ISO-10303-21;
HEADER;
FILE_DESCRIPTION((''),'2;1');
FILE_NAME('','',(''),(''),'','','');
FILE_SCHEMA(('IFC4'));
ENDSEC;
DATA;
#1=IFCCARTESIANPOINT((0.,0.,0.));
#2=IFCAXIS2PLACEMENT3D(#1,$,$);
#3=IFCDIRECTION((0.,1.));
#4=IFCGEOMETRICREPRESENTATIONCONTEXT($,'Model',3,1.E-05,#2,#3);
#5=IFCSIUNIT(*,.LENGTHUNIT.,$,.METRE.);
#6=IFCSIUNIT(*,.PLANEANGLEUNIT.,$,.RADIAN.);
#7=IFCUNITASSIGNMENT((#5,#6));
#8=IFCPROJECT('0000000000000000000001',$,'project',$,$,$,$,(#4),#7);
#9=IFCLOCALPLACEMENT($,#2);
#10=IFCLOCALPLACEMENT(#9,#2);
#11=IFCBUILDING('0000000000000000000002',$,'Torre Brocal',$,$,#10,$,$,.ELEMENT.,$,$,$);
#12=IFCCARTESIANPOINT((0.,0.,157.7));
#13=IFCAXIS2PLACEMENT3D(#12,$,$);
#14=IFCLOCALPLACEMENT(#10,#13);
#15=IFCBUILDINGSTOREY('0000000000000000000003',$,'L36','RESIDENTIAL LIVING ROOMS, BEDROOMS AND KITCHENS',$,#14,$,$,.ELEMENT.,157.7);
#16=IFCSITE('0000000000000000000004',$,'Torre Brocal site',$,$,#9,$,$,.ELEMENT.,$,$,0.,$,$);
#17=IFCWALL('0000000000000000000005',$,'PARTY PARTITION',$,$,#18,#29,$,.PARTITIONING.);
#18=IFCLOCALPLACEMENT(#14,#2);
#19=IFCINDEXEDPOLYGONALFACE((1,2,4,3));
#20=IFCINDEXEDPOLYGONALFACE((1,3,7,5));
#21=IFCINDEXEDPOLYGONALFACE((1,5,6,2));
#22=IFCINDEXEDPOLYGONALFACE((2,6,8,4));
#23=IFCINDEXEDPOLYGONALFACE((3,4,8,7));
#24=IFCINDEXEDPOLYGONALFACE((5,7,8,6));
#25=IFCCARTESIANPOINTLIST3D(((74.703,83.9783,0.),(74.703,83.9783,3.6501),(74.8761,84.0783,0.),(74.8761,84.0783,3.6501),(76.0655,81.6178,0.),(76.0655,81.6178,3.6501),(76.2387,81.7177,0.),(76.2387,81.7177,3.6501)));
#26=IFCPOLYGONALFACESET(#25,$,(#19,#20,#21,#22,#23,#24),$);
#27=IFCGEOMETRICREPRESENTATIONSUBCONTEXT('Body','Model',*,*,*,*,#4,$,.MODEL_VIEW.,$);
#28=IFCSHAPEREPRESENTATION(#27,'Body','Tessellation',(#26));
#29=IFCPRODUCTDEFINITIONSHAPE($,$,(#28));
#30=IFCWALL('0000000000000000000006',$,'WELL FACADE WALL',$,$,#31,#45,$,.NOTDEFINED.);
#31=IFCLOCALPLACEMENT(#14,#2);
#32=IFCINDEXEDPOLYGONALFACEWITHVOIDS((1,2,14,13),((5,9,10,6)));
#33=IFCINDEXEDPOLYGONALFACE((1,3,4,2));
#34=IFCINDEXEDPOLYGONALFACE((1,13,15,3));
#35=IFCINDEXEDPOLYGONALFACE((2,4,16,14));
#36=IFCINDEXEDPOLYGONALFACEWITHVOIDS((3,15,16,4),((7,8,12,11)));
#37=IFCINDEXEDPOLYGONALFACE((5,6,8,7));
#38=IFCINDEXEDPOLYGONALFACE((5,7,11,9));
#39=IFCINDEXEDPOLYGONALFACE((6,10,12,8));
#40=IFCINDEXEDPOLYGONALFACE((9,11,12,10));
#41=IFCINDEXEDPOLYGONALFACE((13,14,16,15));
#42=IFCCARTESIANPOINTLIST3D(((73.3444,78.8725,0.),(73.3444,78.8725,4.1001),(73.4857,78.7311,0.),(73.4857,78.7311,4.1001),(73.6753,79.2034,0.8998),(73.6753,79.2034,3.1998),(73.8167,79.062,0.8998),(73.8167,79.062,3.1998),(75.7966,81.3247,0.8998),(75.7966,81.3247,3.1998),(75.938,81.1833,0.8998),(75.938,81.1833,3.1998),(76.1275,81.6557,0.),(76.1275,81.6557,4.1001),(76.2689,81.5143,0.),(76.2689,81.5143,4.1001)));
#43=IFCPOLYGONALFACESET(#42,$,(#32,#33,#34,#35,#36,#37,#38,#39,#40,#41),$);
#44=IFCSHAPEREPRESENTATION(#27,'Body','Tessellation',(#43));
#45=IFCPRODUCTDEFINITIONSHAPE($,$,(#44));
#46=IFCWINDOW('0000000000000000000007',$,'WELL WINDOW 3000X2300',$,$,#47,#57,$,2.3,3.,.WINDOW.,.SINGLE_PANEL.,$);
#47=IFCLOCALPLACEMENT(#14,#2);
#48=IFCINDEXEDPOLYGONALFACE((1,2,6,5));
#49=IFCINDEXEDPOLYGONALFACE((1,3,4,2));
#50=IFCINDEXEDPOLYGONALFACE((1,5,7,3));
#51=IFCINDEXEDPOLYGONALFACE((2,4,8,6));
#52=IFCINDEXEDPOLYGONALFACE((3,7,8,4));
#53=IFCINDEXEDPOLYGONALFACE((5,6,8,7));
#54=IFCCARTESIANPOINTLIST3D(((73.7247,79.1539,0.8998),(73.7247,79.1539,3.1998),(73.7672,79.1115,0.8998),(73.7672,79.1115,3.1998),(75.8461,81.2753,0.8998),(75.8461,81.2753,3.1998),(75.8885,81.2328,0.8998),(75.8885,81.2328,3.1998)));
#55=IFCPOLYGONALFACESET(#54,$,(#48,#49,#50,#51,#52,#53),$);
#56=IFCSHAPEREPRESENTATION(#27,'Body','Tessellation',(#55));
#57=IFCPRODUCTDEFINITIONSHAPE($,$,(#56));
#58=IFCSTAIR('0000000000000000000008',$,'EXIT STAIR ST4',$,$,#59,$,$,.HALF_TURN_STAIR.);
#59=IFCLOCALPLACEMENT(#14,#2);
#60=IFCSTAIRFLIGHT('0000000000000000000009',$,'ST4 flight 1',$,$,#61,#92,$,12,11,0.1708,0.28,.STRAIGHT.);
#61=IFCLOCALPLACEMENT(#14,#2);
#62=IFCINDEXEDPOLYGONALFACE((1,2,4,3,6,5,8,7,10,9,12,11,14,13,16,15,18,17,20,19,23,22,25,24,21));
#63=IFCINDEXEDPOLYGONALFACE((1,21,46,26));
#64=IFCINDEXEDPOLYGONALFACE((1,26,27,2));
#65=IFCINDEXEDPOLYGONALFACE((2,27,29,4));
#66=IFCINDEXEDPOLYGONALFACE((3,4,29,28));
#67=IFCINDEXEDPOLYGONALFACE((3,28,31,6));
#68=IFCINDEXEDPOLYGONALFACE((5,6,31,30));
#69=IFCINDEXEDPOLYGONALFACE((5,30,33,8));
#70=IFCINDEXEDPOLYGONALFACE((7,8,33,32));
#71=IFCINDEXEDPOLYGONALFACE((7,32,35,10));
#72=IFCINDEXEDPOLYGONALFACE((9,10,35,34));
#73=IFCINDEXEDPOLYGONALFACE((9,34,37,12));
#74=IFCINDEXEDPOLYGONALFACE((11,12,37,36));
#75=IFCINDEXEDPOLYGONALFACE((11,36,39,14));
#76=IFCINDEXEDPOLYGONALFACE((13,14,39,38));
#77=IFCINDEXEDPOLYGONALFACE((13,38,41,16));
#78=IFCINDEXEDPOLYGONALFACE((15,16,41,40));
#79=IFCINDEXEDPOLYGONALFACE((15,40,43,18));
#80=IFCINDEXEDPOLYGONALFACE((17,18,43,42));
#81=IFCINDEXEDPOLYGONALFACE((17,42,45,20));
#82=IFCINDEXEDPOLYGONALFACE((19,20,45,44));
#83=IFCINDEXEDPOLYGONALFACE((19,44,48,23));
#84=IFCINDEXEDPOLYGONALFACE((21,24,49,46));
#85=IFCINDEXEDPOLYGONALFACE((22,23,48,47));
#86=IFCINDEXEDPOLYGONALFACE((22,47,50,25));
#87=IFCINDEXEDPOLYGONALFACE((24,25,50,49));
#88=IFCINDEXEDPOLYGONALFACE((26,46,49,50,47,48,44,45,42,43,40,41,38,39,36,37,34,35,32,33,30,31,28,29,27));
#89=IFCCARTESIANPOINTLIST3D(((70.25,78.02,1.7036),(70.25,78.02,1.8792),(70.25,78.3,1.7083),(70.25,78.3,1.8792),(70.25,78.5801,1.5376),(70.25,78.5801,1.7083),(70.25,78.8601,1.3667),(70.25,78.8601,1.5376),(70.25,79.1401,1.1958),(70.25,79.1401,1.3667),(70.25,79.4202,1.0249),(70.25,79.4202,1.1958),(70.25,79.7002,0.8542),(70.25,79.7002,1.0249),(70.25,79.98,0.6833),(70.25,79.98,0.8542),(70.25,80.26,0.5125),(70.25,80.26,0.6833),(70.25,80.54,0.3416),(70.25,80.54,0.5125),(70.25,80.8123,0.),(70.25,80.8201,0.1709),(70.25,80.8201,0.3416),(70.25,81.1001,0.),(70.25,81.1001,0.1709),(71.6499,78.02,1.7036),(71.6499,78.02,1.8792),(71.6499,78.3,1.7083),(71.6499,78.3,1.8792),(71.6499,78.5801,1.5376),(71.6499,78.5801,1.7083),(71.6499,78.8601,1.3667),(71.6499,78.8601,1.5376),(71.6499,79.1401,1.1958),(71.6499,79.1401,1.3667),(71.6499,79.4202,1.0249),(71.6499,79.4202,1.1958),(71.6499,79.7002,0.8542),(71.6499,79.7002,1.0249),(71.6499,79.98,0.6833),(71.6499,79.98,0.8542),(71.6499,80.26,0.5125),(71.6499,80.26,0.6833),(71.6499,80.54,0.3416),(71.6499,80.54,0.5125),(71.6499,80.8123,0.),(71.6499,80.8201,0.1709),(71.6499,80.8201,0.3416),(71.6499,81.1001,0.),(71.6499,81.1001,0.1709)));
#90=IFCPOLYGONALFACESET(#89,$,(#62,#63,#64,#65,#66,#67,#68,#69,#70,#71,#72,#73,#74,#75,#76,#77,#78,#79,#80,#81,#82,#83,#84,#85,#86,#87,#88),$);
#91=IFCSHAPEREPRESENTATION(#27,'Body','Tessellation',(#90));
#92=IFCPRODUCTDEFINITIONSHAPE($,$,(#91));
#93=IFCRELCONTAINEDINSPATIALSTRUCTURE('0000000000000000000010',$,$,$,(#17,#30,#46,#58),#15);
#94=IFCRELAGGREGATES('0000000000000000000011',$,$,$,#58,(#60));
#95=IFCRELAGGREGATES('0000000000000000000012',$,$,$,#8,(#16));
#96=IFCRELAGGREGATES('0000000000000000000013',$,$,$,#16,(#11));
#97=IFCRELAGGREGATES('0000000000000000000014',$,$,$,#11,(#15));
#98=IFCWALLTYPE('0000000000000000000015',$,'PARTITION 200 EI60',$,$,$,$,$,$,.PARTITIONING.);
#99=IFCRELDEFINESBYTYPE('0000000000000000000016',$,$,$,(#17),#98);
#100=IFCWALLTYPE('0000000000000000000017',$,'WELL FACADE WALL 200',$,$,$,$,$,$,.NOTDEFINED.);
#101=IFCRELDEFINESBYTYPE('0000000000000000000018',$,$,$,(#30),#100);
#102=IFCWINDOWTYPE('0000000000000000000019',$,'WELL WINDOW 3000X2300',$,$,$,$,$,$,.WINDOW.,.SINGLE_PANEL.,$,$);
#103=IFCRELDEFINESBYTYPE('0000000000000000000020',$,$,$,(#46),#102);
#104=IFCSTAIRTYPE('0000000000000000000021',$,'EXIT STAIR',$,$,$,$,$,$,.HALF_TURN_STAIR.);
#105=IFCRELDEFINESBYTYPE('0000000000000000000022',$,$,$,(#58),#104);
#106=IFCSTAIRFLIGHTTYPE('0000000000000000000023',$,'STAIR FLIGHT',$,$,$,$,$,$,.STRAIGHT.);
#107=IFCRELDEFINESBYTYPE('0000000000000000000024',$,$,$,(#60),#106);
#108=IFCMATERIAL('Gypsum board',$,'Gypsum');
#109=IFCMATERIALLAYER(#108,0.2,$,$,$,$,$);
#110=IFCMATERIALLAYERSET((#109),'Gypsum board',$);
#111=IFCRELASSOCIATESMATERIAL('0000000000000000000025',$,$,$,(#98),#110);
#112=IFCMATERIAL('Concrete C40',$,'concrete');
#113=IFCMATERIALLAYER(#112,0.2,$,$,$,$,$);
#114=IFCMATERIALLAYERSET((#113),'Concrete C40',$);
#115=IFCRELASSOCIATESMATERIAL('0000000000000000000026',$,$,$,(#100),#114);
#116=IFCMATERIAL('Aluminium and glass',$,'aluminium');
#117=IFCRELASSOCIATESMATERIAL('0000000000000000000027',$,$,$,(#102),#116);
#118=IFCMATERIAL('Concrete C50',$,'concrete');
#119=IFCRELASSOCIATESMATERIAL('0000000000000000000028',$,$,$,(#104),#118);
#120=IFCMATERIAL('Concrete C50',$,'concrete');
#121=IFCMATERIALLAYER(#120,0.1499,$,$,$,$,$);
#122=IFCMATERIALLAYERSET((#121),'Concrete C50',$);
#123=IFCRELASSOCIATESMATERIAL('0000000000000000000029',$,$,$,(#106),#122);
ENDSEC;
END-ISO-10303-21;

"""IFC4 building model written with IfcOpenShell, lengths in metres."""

from ifc_helpers import new_model, si_unit, direction, frame, frame_2d, origin, place, context, subcontext, project, spatial, polyline, rectangle, outline, extrude, material, layer, layer_set, type_object, element, fill, aggregate, save


model = new_model("IFC4")

# Units and contexts
model_context = context("Model", 3, precision=1e-05, world=origin(), true_north=direction((0.0, 1.0)))
body_context = subcontext(model_context, "Body", "Model", "MODEL_VIEW")
ifc_project = project(units=[si_unit("LENGTHUNIT", "METRE"), si_unit("PLANEANGLEUNIT", "RADIAN")], contexts=[model_context])

# Site, building, storey
site_placement = place(None, origin())
site = spatial("IfcSite", under=ifc_project, at=site_placement, Name="Torre Brocal site", CompositionType="ELEMENT", RefElevation=0.0)
building_placement = place(site_placement, origin())
building = spatial("IfcBuilding", under=site, at=building_placement, Name="Torre Brocal", CompositionType="ELEMENT")
storey_placement = place(building_placement, frame((0.0, 0.0, 157.7)))
storey = spatial("IfcBuildingStorey", under=building, at=storey_placement, Name="L36", Description="RESIDENTIAL LIVING ROOMS, BEDROOMS AND KITCHENS", CompositionType="ELEMENT", Elevation=157.7)

# Shared definitions
ifc_material_1 = material(Name="Gypsum board", Category="Gypsum")
ifc_layer_1 = layer(ifc_material_1, 0.2)
ifc_layer_set_1 = layer_set([ifc_layer_1], Name="Gypsum board")
wall_type_1 = type_object("IfcWallType", Name="PARTITION 200 EI60", PredefinedType="PARTITIONING", material=ifc_layer_set_1)

# Wall
wall_1_placement = place(storey_placement, frame((74.7896, 84.0283, 0.0), z_axis=(0.0, 0.0, 1.0), x_axis=(0.499906, -0.86608, 0.0)))
element("IfcWall", 1, at=wall_1_placement, inside=storey, type_object=wall_type_1, Name="PARTY PARTITION", PredefinedType="PARTITIONING", context=body_context, shape_type="SweptSolid", body=[
    extrude(rectangle(XDim=2.7256, YDim=0.2, at=frame_2d((1.3628, 0.0))), origin(), (0.0, 0.0, 1.0), 3.6501),
])

# Wall, opening, window
ifc_material_2 = material(Name="Concrete C40", Category="concrete")
ifc_layer_2 = layer(ifc_material_2, 0.2)
ifc_layer_set_2 = layer_set([ifc_layer_2], Name="Concrete C40")
wall_type_2 = type_object("IfcWallType", Name="WELL FACADE WALL 200", PredefinedType="NOTDEFINED", material=ifc_layer_set_2)
wall_2_placement = place(storey_placement, frame((76.1982, 81.585, 0.0), z_axis=(0.0, 0.0, 1.0), x_axis=(-0.707107, -0.707107, 0.0)))
wall_2 = element("IfcWall", 2, at=wall_2_placement, inside=storey, type_object=wall_type_2, Name="WELL FACADE WALL", PredefinedType="NOTDEFINED", context=body_context, shape_type="SweptSolid", body=[
    extrude(rectangle(XDim=3.936, YDim=0.2, at=frame_2d((1.968, 0.0))), origin(), (0.0, 0.0, 1.0), 4.1001),
])
opening_1_placement = place(wall_2_placement, frame((0.468, 0.0, 0.8999)))
opening_1 = element("IfcOpeningElement", 3, at=opening_1_placement, cuts=wall_2, PredefinedType="OPENING", context=body_context, shape_type="SweptSolid", body=[
    extrude(rectangle(XDim=3.0, YDim=2.3, at=frame_2d((1.5, 1.1499))), frame((0.0, 0.1099, 0.0), z_axis=(0.0, -1.0, 0.0), x_axis=(1.0, 0.0, 0.0)), (0.0, 0.0, 1.0), 0.22),
])
ifc_material_3 = material(Name="Aluminium and glass", Category="aluminium")
window_type = type_object("IfcWindowType", Name="WELL WINDOW 3000X2300", PartitioningType="SINGLE_PANEL", PredefinedType="WINDOW", material=ifc_material_3)
window_placement = place(opening_1_placement, origin())
window = element("IfcWindow", 4, at=window_placement, inside=storey, type_object=window_type, Name="WELL WINDOW 3000X2300", OverallHeight=2.3, OverallWidth=3.0, PartitioningType="SINGLE_PANEL", PredefinedType="WINDOW", context=body_context, shape_type="SweptSolid", body=[
    extrude(rectangle(XDim=3.0, YDim=2.3, at=frame_2d((1.5, 1.1499))), frame((0.0, 0.03, 0.0), z_axis=(0.0, -1.0, 0.0), x_axis=(1.0, 0.0, 0.0)), (0.0, 0.0, 1.0), 0.0601),
])
fill(opening_1, window)

# Stair, stair flight
ifc_material_4 = material(Name="Concrete C50", Category="concrete")
stair_type = type_object("IfcStairType", Name="EXIT STAIR", PredefinedType="HALF_TURN_STAIR", material=ifc_material_4)
stair_placement = place(storey_placement, origin())
stair = element("IfcStair", 5, at=stair_placement, inside=storey, type_object=stair_type, Name="EXIT STAIR ST4", PredefinedType="HALF_TURN_STAIR")
ifc_material_5 = material(Name="Concrete C50", Category="concrete")
ifc_layer_3 = layer(ifc_material_5, 0.1499)
ifc_layer_set_3 = layer_set([ifc_layer_3], Name="Concrete C50")
stair_flight_type = type_object("IfcStairFlightType", Name="STAIR FLIGHT", PredefinedType="STRAIGHT", material=ifc_layer_set_3)
stair_flight_placement = place(storey_placement, frame((70.95, 81.1001, 0.0), z_axis=(0.0, 0.0, 1.0), x_axis=(0.0, -1.0, 0.0)))
stair_flight = element("IfcStairFlight", 6, at=stair_flight_placement, type_object=stair_flight_type, Name="ST4 flight 1", NumberOfRisers=12, NumberOfTreads=11, PredefinedType="STRAIGHT", RiserHeight=0.1708, TreadLength=0.28, context=body_context, shape_type="SweptSolid", body=[
    extrude(outline(polyline([(0.0, 0.0), (0.0, 0.1709), (0.28, 0.1709), (0.28, 0.3416), (0.5601, 0.3416), (0.5601, 0.5125), (0.8401, 0.5125), (0.8401, 0.6833), (1.1201, 0.6833), (1.1201, 0.8542), (1.3999, 0.8542), (1.3999, 1.0249), (1.6799, 1.0249), (1.6799, 1.1958), (1.96, 1.1958), (1.96, 1.3667), (2.24, 1.3667), (2.24, 1.5376), (2.52, 1.5376), (2.52, 1.7083), (2.8, 1.7083), (2.8, 1.8792), (3.0801, 1.8792), (3.0801, 2.05), (3.0801, 1.7036), (0.2878, 0.0), (0.0, 0.0)])), frame((0.0, 0.7, 0.0), z_axis=(0.0, -1.0, 0.0), x_axis=(1.0, 0.0, 0.0)), (0.0, 0.0, 1.0), 1.3999),
])
aggregate(stair, [stair_flight])

save(model, "model.ifc")
